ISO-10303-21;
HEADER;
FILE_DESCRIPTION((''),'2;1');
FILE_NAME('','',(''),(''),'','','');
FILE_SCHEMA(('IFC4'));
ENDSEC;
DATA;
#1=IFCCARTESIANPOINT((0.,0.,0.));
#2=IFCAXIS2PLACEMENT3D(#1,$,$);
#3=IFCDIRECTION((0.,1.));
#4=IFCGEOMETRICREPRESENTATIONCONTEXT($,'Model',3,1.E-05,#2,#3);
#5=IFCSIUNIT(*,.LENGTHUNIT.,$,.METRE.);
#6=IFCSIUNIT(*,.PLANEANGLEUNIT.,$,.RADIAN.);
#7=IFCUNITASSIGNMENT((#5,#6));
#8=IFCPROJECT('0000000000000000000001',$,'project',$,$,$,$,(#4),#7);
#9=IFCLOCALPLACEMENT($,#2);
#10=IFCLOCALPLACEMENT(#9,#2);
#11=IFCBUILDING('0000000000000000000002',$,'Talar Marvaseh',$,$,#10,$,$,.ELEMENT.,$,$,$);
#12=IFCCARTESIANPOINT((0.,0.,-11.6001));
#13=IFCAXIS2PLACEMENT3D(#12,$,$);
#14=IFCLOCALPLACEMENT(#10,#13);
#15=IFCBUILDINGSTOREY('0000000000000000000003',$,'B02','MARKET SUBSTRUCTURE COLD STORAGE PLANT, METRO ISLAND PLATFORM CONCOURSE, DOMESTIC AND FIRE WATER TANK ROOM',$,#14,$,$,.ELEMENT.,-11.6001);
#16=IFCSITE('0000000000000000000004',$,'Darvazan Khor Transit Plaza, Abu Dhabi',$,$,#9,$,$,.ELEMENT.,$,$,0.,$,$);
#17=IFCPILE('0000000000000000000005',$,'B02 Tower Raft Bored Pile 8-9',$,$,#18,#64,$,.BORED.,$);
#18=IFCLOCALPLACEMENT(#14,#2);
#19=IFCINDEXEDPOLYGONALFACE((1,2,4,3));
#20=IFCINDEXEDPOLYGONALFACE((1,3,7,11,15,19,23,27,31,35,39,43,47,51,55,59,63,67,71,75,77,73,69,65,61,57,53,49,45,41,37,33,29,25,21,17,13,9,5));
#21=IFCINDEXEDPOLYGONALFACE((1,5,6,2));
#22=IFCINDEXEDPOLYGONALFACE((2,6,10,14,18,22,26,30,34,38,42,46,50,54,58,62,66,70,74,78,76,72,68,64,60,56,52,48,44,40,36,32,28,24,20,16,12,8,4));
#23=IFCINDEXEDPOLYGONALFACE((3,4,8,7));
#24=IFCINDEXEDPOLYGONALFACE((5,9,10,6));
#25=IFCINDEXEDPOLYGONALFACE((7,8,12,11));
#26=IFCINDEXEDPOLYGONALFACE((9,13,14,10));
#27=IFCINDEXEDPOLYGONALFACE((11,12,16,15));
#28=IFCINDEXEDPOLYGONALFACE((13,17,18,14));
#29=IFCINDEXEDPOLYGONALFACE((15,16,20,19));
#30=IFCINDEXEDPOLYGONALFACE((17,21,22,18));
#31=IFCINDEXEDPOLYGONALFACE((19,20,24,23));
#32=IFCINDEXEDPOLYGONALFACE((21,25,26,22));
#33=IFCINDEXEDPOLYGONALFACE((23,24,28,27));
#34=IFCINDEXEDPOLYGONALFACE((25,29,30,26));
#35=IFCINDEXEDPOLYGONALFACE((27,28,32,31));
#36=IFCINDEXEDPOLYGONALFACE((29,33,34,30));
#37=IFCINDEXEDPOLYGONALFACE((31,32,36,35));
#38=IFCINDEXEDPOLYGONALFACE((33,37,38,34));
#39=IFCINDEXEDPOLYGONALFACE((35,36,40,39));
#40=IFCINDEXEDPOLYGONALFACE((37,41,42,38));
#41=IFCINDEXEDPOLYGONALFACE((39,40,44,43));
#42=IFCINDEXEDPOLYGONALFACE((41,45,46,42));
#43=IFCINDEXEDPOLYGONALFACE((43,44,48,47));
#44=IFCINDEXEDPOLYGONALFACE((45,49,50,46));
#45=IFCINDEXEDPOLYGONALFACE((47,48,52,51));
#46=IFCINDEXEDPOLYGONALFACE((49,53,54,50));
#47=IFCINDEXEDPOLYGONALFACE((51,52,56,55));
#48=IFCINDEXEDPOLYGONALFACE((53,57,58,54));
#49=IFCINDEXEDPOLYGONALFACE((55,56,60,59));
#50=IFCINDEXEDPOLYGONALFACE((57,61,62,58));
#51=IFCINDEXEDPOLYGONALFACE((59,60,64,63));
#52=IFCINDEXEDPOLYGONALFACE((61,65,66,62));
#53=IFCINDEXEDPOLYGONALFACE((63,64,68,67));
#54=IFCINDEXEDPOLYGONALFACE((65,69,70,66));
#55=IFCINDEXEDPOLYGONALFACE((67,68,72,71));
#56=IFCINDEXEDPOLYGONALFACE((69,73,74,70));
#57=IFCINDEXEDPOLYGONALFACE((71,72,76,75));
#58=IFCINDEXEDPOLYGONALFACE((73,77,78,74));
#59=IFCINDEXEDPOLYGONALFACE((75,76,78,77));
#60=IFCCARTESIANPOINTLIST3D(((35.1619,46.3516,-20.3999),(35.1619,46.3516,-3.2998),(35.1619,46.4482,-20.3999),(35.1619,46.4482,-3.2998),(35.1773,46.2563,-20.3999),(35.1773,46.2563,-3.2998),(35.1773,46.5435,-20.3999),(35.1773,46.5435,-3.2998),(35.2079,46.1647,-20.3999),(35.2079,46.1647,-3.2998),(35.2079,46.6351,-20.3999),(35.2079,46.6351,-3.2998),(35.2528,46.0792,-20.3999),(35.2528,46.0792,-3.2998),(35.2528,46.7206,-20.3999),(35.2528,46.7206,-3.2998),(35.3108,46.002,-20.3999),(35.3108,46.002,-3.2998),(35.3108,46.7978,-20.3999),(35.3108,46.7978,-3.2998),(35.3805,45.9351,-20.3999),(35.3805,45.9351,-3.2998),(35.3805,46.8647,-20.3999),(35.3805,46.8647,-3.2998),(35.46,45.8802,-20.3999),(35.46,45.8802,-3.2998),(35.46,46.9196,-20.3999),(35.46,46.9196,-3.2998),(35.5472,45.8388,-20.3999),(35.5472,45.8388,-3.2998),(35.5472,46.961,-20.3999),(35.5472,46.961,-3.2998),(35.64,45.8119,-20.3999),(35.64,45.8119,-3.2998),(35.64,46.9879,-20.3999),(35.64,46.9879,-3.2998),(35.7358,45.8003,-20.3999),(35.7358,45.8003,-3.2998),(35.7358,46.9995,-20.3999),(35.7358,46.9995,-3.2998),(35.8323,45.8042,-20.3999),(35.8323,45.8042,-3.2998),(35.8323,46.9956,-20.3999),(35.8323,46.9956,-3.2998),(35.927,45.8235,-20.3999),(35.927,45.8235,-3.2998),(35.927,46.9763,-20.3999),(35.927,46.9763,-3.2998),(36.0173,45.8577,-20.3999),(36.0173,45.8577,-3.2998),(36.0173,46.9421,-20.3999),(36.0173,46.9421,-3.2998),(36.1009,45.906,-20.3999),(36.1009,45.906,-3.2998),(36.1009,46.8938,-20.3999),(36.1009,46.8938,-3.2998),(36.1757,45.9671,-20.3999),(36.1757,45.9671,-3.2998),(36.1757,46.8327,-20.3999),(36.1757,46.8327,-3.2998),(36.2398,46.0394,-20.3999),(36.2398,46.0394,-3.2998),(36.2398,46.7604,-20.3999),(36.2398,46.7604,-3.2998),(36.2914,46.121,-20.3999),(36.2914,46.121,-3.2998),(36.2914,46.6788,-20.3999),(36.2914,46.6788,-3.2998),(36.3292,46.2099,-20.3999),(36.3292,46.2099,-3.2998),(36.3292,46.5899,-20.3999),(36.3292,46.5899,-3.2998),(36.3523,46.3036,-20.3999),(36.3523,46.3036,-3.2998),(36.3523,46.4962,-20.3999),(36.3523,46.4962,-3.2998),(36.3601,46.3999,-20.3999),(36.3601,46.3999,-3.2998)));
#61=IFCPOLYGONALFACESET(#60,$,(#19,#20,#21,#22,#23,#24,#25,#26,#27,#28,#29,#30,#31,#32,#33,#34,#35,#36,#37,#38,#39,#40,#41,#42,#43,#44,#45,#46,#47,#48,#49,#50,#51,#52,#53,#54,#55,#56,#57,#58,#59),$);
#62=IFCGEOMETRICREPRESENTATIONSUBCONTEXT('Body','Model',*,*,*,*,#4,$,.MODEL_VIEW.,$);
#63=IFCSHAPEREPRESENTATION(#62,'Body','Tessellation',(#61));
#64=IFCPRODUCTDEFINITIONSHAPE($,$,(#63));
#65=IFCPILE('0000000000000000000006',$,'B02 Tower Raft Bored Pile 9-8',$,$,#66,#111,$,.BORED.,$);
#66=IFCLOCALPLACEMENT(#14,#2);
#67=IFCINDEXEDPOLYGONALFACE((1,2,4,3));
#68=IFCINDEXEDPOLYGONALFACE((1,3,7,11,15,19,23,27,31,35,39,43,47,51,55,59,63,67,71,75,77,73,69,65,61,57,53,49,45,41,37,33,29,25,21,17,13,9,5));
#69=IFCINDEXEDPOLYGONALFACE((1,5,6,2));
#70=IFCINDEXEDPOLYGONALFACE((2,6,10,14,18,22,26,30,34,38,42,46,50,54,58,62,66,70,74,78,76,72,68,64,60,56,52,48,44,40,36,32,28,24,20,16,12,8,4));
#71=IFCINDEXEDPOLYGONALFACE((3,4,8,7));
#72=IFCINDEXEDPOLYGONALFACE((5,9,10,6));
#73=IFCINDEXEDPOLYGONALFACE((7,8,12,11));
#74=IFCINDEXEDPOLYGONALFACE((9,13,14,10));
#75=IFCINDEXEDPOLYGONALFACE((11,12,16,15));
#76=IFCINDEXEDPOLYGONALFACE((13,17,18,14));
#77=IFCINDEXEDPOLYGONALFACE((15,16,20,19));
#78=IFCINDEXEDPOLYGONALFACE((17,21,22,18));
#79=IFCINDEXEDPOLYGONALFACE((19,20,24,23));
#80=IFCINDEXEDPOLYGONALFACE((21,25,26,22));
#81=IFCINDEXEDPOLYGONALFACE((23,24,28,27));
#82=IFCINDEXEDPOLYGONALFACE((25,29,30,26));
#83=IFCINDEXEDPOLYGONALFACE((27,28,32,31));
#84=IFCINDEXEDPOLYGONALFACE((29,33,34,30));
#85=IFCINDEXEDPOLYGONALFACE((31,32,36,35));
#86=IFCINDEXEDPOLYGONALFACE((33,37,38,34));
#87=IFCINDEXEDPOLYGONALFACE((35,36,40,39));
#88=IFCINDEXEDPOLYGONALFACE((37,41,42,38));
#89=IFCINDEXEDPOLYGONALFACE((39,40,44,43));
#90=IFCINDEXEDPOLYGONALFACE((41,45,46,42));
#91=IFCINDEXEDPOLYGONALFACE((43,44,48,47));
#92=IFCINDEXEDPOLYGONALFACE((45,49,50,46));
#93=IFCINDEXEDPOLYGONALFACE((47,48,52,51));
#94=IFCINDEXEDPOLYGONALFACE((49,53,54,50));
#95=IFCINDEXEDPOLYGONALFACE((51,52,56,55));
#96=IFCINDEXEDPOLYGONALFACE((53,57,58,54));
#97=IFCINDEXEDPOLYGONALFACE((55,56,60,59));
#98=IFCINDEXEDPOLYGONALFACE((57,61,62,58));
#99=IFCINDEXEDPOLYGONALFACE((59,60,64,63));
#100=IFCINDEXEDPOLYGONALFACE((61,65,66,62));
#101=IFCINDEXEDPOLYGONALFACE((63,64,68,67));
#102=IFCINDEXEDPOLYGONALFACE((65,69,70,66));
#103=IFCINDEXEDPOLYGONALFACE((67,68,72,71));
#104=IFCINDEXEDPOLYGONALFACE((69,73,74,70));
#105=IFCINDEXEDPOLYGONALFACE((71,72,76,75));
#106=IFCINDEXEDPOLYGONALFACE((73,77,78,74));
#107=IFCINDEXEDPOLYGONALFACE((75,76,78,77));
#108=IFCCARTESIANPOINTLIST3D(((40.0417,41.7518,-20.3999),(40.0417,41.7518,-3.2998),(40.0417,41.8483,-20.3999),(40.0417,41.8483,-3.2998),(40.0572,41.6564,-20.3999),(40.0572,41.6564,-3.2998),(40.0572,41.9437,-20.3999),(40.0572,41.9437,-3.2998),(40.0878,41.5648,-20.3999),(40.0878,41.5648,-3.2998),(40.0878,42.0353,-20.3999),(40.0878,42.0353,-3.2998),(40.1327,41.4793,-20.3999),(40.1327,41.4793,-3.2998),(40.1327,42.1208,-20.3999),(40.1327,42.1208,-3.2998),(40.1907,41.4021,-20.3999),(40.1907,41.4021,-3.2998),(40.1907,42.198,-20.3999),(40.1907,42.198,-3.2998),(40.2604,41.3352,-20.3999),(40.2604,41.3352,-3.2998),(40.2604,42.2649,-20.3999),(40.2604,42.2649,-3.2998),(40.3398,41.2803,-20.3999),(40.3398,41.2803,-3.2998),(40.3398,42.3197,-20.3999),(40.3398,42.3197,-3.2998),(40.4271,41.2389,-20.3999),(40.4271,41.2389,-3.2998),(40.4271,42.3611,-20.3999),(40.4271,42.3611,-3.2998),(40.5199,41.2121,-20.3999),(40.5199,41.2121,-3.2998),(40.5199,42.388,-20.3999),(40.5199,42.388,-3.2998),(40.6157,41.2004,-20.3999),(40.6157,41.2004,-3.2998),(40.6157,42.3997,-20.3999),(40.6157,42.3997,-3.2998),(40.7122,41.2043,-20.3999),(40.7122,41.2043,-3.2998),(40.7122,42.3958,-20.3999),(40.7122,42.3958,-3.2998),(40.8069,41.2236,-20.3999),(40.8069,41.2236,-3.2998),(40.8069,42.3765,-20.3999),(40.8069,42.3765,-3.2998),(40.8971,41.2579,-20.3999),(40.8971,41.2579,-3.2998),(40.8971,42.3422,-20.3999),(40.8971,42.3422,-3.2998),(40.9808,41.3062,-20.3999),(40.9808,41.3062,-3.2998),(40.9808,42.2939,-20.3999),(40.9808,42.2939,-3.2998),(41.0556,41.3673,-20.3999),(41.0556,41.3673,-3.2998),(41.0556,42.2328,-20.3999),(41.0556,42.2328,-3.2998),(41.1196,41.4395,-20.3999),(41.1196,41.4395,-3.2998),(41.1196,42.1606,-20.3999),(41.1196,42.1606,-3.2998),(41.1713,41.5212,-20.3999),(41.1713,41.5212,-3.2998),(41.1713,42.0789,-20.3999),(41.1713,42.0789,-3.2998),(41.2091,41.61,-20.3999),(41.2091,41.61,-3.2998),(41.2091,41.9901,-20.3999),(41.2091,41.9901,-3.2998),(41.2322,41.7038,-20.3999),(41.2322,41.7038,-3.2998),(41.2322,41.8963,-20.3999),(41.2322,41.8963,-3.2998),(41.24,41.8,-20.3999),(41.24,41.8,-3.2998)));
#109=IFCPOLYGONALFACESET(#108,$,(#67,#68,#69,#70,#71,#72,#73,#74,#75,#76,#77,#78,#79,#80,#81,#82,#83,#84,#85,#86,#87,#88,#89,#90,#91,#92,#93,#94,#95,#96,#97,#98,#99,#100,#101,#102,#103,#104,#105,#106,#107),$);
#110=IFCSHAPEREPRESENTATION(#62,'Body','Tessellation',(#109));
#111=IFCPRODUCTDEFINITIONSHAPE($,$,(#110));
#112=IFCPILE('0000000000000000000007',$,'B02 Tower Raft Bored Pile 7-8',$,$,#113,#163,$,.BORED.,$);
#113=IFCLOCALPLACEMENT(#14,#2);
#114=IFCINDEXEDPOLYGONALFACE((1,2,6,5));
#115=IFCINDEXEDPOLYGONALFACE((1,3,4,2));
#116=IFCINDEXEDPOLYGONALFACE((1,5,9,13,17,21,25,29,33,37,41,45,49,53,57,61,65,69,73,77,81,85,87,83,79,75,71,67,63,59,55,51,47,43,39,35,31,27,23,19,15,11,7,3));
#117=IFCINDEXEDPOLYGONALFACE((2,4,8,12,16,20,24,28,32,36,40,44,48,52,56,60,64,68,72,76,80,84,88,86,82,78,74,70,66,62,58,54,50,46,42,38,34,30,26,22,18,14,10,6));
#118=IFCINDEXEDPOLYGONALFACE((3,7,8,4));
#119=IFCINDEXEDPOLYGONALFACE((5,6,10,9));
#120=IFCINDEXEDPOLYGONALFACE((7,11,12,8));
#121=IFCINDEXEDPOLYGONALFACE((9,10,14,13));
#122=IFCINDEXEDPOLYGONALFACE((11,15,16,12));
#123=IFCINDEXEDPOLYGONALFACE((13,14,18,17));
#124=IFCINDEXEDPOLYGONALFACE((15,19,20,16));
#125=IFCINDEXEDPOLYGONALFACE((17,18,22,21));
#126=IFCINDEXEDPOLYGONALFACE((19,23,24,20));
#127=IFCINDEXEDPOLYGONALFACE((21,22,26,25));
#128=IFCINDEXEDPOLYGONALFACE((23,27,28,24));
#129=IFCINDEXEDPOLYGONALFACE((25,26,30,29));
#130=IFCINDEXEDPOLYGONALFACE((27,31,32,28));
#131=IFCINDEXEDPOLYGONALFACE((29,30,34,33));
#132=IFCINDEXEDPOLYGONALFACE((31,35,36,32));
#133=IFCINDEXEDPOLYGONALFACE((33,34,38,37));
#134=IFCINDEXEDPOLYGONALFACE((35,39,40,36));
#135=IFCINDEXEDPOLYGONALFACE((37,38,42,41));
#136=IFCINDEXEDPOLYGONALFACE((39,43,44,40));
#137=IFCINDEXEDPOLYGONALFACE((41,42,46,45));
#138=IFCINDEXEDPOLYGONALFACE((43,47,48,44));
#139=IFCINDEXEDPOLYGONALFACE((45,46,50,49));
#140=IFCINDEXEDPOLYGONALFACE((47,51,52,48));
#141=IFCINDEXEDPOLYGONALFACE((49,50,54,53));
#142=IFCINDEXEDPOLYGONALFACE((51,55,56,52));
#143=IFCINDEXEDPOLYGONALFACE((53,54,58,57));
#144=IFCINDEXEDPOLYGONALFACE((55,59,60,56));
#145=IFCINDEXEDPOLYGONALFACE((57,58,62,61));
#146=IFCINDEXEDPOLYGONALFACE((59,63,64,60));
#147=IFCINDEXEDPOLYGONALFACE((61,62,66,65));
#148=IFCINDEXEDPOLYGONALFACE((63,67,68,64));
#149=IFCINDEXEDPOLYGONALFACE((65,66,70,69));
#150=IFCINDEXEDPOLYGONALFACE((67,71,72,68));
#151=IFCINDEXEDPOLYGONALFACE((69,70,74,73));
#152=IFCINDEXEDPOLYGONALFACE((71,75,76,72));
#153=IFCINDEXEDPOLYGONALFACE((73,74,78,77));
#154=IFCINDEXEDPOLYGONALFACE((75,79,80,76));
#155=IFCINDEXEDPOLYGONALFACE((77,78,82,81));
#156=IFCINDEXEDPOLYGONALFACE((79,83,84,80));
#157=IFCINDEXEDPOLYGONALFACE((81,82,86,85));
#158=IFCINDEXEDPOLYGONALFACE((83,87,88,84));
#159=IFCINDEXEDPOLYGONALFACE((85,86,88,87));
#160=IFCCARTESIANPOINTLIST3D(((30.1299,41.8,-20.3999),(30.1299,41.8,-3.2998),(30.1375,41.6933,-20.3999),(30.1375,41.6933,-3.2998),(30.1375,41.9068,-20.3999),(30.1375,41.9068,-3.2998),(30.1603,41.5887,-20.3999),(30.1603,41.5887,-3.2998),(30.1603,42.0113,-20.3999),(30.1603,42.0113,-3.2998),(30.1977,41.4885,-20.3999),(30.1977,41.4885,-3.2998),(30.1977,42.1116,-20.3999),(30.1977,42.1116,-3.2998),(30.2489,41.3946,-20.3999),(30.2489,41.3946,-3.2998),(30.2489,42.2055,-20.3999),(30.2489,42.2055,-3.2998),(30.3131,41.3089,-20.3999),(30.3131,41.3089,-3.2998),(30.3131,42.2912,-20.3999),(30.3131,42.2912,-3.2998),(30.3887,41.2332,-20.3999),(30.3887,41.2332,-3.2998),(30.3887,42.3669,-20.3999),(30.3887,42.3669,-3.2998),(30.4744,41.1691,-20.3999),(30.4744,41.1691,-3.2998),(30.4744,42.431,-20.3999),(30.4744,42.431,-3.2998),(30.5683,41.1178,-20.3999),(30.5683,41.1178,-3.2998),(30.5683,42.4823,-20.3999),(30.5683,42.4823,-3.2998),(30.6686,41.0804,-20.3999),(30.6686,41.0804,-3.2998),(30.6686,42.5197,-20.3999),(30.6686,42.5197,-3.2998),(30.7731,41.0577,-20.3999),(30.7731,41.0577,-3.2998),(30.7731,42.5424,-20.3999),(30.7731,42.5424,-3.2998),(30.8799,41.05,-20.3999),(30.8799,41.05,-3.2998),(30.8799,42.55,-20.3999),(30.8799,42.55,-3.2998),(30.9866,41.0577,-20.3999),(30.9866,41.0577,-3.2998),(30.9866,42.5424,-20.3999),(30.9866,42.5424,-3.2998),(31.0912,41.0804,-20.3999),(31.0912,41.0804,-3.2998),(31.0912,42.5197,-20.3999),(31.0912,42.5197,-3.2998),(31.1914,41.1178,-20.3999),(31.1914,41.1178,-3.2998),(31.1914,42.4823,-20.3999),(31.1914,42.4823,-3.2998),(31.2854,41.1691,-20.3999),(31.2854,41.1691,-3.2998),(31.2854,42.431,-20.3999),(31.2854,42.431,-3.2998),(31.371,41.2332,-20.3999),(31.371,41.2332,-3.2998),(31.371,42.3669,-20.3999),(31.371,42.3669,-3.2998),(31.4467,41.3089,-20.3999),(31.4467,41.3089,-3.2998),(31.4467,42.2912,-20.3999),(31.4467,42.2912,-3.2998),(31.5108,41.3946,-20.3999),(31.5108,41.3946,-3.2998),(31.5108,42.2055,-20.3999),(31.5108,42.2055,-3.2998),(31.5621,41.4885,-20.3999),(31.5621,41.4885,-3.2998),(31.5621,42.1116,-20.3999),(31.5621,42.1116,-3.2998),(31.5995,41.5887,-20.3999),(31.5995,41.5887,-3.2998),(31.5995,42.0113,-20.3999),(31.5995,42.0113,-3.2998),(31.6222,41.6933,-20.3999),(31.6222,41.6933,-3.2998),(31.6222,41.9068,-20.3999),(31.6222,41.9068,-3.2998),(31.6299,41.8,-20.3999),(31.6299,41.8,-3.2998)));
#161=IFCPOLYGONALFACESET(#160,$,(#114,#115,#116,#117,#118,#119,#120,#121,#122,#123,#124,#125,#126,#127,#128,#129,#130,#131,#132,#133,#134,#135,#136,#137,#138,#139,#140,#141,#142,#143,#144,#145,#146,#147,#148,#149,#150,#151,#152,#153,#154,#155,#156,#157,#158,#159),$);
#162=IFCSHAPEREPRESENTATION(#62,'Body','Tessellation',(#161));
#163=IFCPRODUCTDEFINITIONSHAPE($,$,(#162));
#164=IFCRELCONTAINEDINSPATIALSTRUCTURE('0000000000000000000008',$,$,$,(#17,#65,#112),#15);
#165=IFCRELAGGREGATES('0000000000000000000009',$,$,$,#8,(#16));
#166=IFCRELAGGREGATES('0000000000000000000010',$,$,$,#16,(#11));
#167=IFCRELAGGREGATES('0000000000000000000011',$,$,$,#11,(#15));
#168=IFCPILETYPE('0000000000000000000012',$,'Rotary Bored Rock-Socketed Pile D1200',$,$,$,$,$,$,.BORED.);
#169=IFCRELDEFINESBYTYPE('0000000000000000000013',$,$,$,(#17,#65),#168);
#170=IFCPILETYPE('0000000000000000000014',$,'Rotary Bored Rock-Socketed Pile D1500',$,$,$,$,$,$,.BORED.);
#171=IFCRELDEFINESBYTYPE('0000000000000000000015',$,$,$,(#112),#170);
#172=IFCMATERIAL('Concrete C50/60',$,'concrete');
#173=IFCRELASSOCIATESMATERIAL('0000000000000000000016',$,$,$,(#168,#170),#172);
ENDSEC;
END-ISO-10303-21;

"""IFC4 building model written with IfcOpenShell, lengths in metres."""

from ifc_helpers import new_model, si_unit, direction, frame, origin, origin_2d, place, context, subcontext, project, spatial, circle, extrude, source, transform, mapped, material, material_profile, profile_set, type_object, type_shapes, element, save


model = new_model("IFC4")

# Units and contexts
model_context = context("Model", 3, precision=1e-05, world=origin(), true_north=direction((0.0, 1.0)))
body_context = subcontext(model_context, "Body", "Model", "MODEL_VIEW")
ifc_project = project(units=[si_unit("LENGTHUNIT", "METRE"), si_unit("PLANEANGLEUNIT", "RADIAN")], contexts=[model_context])

# Site, building, storey
site_placement = place(None, origin())
site = spatial("IfcSite", under=ifc_project, at=site_placement, Name="Darvazan Khor Transit Plaza, Abu Dhabi", CompositionType="ELEMENT", RefElevation=0.0)
building_placement = place(site_placement, origin())
building = spatial("IfcBuilding", under=site, at=building_placement, Name="Talar Marvaseh", CompositionType="ELEMENT")
storey_placement = place(building_placement, frame((0.0, 0.0, -11.6001)))
storey = spatial("IfcBuildingStorey", under=building, at=storey_placement, Name="B02", Description="MARKET SUBSTRUCTURE COLD STORAGE PLANT, METRO ISLAND PLATFORM CONCOURSE, DOMESTIC AND FIRE WATER TANK ROOM", CompositionType="ELEMENT", Elevation=-11.6001)

# Piles
ifc_material_1 = material(Name="Concrete C50/60", Category="concrete")
ifc_material_profile_1 = material_profile(ifc_material_1, circle(Radius=0.6001, at=origin_2d()), Name="PILE-D1200")
ifc_profile_set_1 = profile_set([ifc_material_profile_1], Name="Concrete C50/60")
pile_type_1 = type_object("IfcPileType", Name="Rotary Bored Rock-Socketed Pile D1200", PredefinedType="BORED", material=ifc_profile_set_1)
shared_shape_1 = source(origin(), body_context, "Body", "SweptSolid", [
    extrude(circle(Radius=0.6001, at=origin_2d()), origin(), (0.0, 0.0, 1.0), 17.1001),
])
type_shapes(pile_type_1, [shared_shape_1])
for number, where, z_axis, x_axis, name in (
    (1, (35.76, 46.3999, -3.2998), (0.0, 0.0, -1.0), (1.0, 0.0, 0.0), "B02 Tower Raft Bored Pile 8-9"),
    (2, (40.6399, 41.8, -3.2998), (0.0, 0.0, -1.0), (1.0, 0.0, 0.0), "B02 Tower Raft Bored Pile 9-8"),
):
    element("IfcPile", number, at=place(storey_placement, frame(where, z_axis=z_axis, x_axis=x_axis)), inside=storey, type_object=pile_type_1, Name=name, PredefinedType="BORED", context=body_context, shape_type="MappedRepresentation", body=[
        mapped(shared_shape_1, transform((0.0, 0.0, 0.0), x_axis=(1.0, 0.0, 0.0), y_axis=(0.0, 1.0, 0.0), z_axis=(0.0, 0.0, 1.0), scale=1.0)),
    ])
ifc_material_profile_2 = material_profile(ifc_material_1, circle(Radius=0.75, at=origin_2d()), Name="PILE-D1500")
ifc_profile_set_2 = profile_set([ifc_material_profile_2], Name="Concrete C50/60")
pile_type_2 = type_object("IfcPileType", Name="Rotary Bored Rock-Socketed Pile D1500", PredefinedType="BORED", material=ifc_profile_set_2)
shared_shape_2 = source(origin(), body_context, "Body", "SweptSolid", [
    extrude(circle(Radius=0.75, at=origin_2d()), origin(), (0.0, 0.0, 1.0), 17.1001),
])
type_shapes(pile_type_2, [shared_shape_2])
for number, where, z_axis, x_axis, name in (
    (3, (30.8799, 41.8, -3.2998), (0.0, 0.0, -1.0), (1.0, 0.0, 0.0), "B02 Tower Raft Bored Pile 7-8"),
):
    element("IfcPile", number, at=place(storey_placement, frame(where, z_axis=z_axis, x_axis=x_axis)), inside=storey, type_object=pile_type_2, Name=name, PredefinedType="BORED", context=body_context, shape_type="MappedRepresentation", body=[
        mapped(shared_shape_2, transform((0.0, 0.0, 0.0), x_axis=(1.0, 0.0, 0.0), y_axis=(0.0, 1.0, 0.0), z_axis=(0.0, 0.0, 1.0), scale=1.0)),
    ])

save(model, "model.ifc")
